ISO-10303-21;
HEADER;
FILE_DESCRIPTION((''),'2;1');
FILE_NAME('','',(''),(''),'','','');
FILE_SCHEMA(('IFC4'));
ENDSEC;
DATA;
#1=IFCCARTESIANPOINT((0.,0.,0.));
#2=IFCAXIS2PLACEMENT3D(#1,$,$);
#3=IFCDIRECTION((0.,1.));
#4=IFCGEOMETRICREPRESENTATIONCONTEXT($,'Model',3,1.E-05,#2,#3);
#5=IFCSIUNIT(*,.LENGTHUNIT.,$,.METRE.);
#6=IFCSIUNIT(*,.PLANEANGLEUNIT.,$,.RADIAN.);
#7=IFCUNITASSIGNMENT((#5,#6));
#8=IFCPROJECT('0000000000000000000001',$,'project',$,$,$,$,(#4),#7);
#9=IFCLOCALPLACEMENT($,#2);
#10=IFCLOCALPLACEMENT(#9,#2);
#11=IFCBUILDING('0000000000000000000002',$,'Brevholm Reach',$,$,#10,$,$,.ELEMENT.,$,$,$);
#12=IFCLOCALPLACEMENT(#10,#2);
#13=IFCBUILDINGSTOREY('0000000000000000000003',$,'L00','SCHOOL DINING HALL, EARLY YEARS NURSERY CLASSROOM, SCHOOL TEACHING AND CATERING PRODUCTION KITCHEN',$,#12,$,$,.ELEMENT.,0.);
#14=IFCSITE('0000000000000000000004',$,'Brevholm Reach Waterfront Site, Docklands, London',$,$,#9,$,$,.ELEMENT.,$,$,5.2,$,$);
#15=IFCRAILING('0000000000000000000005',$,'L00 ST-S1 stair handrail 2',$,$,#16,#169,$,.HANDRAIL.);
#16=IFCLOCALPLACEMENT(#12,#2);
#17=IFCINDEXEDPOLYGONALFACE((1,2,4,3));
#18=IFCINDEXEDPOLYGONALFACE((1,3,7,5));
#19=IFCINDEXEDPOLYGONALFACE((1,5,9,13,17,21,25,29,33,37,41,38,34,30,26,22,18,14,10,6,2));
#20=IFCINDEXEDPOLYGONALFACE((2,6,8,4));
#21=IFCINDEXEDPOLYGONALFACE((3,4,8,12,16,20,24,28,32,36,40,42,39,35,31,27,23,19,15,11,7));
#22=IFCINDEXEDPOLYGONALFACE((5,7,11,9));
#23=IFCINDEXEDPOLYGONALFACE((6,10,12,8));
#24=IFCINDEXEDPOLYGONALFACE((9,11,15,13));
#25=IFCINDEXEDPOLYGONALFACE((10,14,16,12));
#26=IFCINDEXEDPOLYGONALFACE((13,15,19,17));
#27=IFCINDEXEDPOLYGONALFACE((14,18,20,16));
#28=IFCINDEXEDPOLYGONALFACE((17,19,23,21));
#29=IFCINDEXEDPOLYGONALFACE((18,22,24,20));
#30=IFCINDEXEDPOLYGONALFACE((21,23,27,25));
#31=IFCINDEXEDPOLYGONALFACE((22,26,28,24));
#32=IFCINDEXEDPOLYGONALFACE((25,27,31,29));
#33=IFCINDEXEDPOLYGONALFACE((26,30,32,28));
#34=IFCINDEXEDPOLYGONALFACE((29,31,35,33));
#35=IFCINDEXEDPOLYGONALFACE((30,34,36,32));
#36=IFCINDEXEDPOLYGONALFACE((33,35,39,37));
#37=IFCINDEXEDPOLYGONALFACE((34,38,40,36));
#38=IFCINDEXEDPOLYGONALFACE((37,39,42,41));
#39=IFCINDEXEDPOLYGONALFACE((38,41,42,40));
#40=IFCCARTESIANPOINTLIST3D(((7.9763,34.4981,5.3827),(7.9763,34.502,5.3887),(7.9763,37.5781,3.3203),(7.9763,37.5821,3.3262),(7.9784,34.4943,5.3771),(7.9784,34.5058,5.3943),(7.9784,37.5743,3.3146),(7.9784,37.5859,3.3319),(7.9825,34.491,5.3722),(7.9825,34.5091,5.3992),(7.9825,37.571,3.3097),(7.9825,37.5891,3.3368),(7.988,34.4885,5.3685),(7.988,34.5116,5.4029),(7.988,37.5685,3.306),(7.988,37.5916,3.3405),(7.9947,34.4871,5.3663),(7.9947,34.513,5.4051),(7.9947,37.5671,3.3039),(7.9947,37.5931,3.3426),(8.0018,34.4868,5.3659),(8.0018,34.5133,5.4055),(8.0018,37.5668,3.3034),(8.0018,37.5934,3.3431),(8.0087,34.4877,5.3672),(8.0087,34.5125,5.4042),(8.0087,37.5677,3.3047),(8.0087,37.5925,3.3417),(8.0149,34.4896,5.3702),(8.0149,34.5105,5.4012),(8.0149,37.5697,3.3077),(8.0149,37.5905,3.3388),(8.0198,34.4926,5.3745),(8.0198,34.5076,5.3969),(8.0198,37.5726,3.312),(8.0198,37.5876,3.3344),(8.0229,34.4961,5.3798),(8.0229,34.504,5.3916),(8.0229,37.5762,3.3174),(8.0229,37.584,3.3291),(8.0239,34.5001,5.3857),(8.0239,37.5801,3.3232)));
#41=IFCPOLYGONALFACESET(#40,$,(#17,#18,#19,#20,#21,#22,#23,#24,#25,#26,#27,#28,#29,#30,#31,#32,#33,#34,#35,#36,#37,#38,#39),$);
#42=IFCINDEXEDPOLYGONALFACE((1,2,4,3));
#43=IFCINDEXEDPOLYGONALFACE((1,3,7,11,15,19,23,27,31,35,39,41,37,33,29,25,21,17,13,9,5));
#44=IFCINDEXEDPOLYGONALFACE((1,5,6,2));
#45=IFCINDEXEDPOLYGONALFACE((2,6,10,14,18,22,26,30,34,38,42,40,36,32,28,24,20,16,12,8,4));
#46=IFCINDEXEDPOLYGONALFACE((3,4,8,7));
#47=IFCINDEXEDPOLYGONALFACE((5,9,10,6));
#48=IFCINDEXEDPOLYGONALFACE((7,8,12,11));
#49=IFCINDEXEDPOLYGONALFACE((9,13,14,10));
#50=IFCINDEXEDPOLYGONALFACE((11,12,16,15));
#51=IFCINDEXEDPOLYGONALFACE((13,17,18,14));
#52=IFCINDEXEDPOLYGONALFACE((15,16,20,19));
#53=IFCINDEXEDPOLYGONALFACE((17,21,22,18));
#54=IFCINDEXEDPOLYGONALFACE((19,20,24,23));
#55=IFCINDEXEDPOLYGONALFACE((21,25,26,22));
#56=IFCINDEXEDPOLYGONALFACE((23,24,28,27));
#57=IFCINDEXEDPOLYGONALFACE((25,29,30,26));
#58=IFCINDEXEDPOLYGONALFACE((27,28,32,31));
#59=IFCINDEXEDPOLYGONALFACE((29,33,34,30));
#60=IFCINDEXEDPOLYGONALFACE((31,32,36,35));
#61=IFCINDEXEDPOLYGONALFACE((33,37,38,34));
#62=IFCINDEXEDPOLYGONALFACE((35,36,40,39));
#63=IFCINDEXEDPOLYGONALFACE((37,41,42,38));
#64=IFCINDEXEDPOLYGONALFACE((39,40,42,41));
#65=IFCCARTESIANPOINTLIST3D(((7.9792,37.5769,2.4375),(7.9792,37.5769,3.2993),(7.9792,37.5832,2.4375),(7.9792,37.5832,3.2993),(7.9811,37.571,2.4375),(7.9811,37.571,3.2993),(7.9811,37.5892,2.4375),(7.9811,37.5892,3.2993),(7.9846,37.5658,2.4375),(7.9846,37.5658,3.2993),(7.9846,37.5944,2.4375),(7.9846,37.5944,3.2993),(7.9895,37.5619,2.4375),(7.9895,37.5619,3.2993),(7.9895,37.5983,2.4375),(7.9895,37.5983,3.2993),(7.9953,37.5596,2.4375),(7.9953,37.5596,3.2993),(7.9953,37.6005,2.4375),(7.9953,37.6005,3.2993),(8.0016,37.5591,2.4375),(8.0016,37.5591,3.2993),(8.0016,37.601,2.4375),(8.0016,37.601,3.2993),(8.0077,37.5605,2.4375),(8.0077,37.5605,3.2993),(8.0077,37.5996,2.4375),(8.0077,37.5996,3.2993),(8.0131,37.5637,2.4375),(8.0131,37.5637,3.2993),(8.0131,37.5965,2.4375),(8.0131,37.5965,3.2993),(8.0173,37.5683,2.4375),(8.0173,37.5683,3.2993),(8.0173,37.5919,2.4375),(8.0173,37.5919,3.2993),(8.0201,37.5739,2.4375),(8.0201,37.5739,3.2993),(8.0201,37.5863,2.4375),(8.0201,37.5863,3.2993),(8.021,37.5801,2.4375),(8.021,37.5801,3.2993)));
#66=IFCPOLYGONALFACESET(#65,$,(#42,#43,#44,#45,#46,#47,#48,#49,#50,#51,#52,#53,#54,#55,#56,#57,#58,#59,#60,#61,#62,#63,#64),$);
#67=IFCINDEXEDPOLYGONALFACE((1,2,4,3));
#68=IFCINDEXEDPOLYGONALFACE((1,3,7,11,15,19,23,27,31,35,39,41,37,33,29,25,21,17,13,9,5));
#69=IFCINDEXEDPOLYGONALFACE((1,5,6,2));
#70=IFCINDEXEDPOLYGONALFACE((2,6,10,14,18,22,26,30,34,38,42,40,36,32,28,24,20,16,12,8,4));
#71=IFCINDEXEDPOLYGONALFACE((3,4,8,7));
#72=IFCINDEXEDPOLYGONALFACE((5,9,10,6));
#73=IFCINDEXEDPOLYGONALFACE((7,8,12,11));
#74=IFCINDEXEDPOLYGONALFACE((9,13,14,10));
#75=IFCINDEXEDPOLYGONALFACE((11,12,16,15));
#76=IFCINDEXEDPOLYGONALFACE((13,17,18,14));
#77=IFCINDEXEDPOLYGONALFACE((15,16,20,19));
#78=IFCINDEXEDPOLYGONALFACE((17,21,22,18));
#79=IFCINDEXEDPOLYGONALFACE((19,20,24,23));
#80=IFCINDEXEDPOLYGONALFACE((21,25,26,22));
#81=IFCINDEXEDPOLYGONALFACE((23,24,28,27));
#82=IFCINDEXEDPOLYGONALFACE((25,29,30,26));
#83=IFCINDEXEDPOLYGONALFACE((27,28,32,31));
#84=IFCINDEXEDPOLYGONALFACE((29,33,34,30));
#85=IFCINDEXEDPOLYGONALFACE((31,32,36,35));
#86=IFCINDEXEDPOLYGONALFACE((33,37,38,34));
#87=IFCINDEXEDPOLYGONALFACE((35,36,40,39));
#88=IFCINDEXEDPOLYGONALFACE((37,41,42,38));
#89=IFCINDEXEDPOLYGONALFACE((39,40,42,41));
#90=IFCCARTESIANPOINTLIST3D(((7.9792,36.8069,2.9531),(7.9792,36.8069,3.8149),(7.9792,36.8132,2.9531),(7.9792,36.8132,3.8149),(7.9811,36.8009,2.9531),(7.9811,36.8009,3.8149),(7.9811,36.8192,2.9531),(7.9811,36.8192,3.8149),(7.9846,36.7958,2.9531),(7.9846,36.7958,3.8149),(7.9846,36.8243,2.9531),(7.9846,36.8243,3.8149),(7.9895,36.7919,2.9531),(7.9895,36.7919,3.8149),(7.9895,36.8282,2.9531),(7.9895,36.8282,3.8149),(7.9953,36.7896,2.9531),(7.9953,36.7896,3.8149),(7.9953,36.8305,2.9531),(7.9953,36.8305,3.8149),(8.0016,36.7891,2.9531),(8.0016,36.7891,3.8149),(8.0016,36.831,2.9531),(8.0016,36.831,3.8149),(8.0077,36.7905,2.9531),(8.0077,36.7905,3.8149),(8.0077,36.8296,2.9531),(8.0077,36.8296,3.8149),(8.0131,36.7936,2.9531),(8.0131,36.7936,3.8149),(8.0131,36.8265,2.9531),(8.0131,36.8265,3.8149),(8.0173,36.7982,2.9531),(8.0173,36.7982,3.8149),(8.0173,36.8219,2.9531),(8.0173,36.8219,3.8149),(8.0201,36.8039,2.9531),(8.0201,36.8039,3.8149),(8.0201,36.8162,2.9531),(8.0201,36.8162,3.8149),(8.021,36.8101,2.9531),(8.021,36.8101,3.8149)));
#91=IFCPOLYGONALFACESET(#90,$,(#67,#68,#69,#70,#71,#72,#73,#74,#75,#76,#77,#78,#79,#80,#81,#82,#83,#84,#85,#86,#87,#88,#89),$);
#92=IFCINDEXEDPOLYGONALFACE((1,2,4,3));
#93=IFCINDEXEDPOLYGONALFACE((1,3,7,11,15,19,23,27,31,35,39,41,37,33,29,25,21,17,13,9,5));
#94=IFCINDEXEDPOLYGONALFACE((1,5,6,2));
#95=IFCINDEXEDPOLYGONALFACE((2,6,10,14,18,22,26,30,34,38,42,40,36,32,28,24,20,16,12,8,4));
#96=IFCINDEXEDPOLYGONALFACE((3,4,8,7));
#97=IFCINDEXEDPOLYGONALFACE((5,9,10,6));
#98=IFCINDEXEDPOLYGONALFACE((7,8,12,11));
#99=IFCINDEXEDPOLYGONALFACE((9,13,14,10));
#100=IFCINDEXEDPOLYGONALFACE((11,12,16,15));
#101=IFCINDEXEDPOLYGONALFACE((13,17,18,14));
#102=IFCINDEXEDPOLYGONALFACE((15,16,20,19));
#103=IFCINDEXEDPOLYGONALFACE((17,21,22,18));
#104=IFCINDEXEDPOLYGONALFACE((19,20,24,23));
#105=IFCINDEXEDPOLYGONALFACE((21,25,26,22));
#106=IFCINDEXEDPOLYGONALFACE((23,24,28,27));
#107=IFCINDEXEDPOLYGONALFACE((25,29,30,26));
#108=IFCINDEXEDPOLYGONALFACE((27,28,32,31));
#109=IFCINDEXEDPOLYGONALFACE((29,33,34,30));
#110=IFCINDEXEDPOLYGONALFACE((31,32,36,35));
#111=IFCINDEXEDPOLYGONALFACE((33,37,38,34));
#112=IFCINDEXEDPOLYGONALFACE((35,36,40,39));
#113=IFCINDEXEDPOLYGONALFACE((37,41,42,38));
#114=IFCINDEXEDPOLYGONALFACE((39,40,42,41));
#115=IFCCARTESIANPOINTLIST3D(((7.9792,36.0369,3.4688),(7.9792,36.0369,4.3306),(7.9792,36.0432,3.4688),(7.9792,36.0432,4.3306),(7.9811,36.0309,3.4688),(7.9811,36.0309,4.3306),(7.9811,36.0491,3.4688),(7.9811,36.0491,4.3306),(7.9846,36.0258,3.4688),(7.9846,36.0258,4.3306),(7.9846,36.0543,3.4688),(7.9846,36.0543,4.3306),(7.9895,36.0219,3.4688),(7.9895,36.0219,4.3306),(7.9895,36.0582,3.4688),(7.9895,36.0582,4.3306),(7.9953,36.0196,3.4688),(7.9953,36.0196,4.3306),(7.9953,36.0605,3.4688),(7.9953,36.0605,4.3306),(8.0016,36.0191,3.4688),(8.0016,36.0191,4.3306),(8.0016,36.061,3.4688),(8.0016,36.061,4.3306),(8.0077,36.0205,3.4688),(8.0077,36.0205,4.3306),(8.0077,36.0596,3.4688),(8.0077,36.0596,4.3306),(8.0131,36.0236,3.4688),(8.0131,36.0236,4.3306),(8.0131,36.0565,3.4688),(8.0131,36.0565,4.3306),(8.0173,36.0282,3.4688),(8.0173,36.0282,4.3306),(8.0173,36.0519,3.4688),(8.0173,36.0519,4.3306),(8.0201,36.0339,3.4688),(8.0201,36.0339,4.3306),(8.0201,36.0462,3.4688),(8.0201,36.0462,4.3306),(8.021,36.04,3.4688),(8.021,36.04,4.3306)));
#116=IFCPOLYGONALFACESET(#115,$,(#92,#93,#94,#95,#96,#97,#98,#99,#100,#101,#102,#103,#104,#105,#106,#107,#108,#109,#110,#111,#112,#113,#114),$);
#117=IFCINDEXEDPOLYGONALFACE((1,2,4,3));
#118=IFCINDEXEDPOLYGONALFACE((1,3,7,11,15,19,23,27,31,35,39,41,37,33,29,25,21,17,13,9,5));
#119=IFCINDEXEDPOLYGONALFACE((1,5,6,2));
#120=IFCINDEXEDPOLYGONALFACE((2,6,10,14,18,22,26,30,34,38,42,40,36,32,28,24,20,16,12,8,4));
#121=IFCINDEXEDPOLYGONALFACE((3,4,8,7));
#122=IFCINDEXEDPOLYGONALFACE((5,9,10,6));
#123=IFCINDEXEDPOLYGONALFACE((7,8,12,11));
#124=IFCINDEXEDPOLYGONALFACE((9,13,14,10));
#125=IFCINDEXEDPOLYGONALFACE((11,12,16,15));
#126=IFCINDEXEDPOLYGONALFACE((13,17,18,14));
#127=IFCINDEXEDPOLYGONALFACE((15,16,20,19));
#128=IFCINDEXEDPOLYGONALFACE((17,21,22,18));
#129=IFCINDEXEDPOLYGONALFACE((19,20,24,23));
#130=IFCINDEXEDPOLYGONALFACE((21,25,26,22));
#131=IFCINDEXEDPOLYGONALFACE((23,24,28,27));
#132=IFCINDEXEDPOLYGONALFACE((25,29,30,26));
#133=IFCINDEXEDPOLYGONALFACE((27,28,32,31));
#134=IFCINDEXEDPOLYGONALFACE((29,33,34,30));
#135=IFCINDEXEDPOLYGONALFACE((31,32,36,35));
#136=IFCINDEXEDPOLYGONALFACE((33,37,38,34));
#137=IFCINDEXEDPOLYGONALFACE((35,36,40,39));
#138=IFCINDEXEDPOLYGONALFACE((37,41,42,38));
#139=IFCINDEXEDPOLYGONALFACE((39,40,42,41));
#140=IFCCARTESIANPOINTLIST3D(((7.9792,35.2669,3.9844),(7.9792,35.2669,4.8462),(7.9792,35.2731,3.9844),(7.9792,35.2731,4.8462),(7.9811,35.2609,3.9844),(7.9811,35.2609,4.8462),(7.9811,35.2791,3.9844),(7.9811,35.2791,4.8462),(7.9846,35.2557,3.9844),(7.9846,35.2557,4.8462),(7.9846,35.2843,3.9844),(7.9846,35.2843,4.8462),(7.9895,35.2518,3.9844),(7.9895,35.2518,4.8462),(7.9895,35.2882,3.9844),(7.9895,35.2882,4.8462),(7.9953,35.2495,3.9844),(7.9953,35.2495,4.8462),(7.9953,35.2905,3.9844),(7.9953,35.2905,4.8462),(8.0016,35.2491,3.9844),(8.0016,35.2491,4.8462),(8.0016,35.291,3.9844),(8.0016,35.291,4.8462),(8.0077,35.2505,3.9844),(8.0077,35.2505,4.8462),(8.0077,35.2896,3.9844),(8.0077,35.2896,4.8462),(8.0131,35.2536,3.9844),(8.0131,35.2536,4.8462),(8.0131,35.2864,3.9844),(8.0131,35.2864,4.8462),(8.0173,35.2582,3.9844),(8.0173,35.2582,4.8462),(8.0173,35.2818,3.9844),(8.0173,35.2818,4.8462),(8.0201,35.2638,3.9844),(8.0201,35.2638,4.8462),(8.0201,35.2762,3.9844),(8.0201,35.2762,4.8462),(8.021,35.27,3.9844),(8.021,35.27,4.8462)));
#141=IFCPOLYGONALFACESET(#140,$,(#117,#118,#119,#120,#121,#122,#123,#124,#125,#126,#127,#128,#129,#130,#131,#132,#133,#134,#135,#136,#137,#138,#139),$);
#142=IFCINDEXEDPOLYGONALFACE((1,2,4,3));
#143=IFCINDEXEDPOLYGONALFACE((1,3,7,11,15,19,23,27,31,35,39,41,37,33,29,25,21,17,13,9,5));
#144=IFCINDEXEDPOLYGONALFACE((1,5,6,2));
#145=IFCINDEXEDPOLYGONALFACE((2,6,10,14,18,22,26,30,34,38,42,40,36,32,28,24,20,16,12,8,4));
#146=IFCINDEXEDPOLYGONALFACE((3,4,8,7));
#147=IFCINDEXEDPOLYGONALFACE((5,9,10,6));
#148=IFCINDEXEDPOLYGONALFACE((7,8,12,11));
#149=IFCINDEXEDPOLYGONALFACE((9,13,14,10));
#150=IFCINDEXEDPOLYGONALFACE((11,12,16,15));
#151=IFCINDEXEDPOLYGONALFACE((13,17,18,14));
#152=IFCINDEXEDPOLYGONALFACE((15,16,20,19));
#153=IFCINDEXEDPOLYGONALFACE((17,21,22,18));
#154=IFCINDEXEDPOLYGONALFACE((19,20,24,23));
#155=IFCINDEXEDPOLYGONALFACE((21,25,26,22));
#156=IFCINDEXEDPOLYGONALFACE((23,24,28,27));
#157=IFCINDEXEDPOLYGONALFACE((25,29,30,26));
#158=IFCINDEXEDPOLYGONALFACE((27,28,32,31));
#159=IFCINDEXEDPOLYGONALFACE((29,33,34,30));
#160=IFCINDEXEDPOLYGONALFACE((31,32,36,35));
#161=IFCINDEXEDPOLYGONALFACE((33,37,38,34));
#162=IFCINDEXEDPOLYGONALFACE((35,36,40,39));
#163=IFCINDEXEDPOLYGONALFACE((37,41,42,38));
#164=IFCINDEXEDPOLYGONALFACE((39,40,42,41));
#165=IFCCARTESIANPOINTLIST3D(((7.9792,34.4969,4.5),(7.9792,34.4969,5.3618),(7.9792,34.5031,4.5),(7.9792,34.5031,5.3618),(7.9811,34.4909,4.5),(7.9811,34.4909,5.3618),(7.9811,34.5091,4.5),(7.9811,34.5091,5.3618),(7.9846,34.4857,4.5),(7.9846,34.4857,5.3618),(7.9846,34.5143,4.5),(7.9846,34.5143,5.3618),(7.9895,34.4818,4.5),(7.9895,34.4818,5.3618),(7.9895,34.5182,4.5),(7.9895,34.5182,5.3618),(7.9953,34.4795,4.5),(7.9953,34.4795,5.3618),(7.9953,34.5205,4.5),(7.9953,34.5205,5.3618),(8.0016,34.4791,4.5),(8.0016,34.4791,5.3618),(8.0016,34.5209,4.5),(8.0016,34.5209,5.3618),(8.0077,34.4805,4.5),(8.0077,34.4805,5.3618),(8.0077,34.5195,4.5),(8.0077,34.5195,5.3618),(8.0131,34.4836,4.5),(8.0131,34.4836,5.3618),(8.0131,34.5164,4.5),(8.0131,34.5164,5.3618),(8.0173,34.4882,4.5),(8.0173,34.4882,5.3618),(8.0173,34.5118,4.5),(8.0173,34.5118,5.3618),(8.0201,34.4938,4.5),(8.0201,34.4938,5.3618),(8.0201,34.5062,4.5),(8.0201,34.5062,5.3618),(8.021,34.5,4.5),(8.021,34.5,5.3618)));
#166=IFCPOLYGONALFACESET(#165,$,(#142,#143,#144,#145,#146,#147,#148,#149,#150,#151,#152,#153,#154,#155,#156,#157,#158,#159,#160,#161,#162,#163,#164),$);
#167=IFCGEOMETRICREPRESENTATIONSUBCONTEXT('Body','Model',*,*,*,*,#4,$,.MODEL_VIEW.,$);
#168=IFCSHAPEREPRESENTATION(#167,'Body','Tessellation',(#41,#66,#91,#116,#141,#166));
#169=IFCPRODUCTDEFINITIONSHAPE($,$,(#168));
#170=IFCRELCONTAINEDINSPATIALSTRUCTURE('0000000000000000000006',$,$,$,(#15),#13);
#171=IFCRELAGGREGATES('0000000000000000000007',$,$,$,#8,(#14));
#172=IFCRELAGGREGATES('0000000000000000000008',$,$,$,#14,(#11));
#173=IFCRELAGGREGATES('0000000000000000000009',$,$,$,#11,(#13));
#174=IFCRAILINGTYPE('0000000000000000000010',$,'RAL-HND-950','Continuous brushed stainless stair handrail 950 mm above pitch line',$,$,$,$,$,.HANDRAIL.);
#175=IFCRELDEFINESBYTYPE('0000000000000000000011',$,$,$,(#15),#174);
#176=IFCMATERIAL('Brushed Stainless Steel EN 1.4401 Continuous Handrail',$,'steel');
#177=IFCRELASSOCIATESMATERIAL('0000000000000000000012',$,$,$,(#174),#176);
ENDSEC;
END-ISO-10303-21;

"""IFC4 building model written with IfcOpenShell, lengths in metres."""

from ifc_helpers import new_model, si_unit, direction, frame, origin, origin_2d, place, context, subcontext, project, spatial, circle, extrude, material, type_object, element, save


model = new_model("IFC4")

# Units and contexts
model_context = context("Model", 3, precision=1e-05, world=origin(), true_north=direction((0.0, 1.0)))
body_context = subcontext(model_context, "Body", "Model", "MODEL_VIEW")
ifc_project = project(units=[si_unit("LENGTHUNIT", "METRE"), si_unit("PLANEANGLEUNIT", "RADIAN")], contexts=[model_context])

# Site, building, storey
site_placement = place(None, origin())
site = spatial("IfcSite", under=ifc_project, at=site_placement, Name="Brevholm Reach Waterfront Site, Docklands, London", CompositionType="ELEMENT", RefElevation=5.2)
building_placement = place(site_placement, origin())
building = spatial("IfcBuilding", under=site, at=building_placement, Name="Brevholm Reach", CompositionType="ELEMENT")
storey_placement = place(building_placement, origin())
storey = spatial("IfcBuildingStorey", under=building, at=storey_placement, Name="L00", Description="SCHOOL DINING HALL, EARLY YEARS NURSERY CLASSROOM, SCHOOL TEACHING AND CATERING PRODUCTION KITCHEN", CompositionType="ELEMENT", Elevation=0.0)

# Railing
ifc_material_1 = material(Name="Brushed Stainless Steel EN 1.4401 Continuous Handrail", Category="steel")
railing_type_1 = type_object("IfcRailingType", Name="RAL-HND-950", Description="Continuous brushed stainless stair handrail 950 mm above pitch line", PredefinedType="HANDRAIL", material=ifc_material_1)
railing_1_placement = place(storey_placement, frame((8.0, 37.5801, 2.4375)))
element("IfcRailing", 1, at=railing_1_placement, inside=storey, type_object=railing_type_1, Name="L00 ST-S1 stair handrail 2", PredefinedType="HANDRAIL", context=body_context, shape_type="SweptSolid", body=[
    extrude(circle(Radius=0.0239, at=origin_2d()), frame((0.0, 0.0, 0.8857), z_axis=(0.0, -0.830914, 0.556401), x_axis=(1.0, 0.0, 0.0)), (0.0, 0.0, 1.0), 3.7068),
    extrude(circle(Radius=0.021, at=origin_2d()), origin(), (0.0, 0.0, 1.0), 0.8618),
    extrude(circle(Radius=0.021, at=origin_2d()), frame((0.0, -0.77, 0.5156)), (0.0, 0.0, 1.0), 0.8618),
    extrude(circle(Radius=0.021, at=origin_2d()), frame((0.0, -1.54, 1.0312)), (0.0, 0.0, 1.0), 0.8618),
    extrude(circle(Radius=0.021, at=origin_2d()), frame((0.0, -2.3101, 1.5469)), (0.0, 0.0, 1.0), 0.8618),
    extrude(circle(Radius=0.021, at=origin_2d()), frame((0.0, -3.0801, 2.0625)), (0.0, 0.0, 1.0), 0.8618),
])

save(model, "model.ifc")
